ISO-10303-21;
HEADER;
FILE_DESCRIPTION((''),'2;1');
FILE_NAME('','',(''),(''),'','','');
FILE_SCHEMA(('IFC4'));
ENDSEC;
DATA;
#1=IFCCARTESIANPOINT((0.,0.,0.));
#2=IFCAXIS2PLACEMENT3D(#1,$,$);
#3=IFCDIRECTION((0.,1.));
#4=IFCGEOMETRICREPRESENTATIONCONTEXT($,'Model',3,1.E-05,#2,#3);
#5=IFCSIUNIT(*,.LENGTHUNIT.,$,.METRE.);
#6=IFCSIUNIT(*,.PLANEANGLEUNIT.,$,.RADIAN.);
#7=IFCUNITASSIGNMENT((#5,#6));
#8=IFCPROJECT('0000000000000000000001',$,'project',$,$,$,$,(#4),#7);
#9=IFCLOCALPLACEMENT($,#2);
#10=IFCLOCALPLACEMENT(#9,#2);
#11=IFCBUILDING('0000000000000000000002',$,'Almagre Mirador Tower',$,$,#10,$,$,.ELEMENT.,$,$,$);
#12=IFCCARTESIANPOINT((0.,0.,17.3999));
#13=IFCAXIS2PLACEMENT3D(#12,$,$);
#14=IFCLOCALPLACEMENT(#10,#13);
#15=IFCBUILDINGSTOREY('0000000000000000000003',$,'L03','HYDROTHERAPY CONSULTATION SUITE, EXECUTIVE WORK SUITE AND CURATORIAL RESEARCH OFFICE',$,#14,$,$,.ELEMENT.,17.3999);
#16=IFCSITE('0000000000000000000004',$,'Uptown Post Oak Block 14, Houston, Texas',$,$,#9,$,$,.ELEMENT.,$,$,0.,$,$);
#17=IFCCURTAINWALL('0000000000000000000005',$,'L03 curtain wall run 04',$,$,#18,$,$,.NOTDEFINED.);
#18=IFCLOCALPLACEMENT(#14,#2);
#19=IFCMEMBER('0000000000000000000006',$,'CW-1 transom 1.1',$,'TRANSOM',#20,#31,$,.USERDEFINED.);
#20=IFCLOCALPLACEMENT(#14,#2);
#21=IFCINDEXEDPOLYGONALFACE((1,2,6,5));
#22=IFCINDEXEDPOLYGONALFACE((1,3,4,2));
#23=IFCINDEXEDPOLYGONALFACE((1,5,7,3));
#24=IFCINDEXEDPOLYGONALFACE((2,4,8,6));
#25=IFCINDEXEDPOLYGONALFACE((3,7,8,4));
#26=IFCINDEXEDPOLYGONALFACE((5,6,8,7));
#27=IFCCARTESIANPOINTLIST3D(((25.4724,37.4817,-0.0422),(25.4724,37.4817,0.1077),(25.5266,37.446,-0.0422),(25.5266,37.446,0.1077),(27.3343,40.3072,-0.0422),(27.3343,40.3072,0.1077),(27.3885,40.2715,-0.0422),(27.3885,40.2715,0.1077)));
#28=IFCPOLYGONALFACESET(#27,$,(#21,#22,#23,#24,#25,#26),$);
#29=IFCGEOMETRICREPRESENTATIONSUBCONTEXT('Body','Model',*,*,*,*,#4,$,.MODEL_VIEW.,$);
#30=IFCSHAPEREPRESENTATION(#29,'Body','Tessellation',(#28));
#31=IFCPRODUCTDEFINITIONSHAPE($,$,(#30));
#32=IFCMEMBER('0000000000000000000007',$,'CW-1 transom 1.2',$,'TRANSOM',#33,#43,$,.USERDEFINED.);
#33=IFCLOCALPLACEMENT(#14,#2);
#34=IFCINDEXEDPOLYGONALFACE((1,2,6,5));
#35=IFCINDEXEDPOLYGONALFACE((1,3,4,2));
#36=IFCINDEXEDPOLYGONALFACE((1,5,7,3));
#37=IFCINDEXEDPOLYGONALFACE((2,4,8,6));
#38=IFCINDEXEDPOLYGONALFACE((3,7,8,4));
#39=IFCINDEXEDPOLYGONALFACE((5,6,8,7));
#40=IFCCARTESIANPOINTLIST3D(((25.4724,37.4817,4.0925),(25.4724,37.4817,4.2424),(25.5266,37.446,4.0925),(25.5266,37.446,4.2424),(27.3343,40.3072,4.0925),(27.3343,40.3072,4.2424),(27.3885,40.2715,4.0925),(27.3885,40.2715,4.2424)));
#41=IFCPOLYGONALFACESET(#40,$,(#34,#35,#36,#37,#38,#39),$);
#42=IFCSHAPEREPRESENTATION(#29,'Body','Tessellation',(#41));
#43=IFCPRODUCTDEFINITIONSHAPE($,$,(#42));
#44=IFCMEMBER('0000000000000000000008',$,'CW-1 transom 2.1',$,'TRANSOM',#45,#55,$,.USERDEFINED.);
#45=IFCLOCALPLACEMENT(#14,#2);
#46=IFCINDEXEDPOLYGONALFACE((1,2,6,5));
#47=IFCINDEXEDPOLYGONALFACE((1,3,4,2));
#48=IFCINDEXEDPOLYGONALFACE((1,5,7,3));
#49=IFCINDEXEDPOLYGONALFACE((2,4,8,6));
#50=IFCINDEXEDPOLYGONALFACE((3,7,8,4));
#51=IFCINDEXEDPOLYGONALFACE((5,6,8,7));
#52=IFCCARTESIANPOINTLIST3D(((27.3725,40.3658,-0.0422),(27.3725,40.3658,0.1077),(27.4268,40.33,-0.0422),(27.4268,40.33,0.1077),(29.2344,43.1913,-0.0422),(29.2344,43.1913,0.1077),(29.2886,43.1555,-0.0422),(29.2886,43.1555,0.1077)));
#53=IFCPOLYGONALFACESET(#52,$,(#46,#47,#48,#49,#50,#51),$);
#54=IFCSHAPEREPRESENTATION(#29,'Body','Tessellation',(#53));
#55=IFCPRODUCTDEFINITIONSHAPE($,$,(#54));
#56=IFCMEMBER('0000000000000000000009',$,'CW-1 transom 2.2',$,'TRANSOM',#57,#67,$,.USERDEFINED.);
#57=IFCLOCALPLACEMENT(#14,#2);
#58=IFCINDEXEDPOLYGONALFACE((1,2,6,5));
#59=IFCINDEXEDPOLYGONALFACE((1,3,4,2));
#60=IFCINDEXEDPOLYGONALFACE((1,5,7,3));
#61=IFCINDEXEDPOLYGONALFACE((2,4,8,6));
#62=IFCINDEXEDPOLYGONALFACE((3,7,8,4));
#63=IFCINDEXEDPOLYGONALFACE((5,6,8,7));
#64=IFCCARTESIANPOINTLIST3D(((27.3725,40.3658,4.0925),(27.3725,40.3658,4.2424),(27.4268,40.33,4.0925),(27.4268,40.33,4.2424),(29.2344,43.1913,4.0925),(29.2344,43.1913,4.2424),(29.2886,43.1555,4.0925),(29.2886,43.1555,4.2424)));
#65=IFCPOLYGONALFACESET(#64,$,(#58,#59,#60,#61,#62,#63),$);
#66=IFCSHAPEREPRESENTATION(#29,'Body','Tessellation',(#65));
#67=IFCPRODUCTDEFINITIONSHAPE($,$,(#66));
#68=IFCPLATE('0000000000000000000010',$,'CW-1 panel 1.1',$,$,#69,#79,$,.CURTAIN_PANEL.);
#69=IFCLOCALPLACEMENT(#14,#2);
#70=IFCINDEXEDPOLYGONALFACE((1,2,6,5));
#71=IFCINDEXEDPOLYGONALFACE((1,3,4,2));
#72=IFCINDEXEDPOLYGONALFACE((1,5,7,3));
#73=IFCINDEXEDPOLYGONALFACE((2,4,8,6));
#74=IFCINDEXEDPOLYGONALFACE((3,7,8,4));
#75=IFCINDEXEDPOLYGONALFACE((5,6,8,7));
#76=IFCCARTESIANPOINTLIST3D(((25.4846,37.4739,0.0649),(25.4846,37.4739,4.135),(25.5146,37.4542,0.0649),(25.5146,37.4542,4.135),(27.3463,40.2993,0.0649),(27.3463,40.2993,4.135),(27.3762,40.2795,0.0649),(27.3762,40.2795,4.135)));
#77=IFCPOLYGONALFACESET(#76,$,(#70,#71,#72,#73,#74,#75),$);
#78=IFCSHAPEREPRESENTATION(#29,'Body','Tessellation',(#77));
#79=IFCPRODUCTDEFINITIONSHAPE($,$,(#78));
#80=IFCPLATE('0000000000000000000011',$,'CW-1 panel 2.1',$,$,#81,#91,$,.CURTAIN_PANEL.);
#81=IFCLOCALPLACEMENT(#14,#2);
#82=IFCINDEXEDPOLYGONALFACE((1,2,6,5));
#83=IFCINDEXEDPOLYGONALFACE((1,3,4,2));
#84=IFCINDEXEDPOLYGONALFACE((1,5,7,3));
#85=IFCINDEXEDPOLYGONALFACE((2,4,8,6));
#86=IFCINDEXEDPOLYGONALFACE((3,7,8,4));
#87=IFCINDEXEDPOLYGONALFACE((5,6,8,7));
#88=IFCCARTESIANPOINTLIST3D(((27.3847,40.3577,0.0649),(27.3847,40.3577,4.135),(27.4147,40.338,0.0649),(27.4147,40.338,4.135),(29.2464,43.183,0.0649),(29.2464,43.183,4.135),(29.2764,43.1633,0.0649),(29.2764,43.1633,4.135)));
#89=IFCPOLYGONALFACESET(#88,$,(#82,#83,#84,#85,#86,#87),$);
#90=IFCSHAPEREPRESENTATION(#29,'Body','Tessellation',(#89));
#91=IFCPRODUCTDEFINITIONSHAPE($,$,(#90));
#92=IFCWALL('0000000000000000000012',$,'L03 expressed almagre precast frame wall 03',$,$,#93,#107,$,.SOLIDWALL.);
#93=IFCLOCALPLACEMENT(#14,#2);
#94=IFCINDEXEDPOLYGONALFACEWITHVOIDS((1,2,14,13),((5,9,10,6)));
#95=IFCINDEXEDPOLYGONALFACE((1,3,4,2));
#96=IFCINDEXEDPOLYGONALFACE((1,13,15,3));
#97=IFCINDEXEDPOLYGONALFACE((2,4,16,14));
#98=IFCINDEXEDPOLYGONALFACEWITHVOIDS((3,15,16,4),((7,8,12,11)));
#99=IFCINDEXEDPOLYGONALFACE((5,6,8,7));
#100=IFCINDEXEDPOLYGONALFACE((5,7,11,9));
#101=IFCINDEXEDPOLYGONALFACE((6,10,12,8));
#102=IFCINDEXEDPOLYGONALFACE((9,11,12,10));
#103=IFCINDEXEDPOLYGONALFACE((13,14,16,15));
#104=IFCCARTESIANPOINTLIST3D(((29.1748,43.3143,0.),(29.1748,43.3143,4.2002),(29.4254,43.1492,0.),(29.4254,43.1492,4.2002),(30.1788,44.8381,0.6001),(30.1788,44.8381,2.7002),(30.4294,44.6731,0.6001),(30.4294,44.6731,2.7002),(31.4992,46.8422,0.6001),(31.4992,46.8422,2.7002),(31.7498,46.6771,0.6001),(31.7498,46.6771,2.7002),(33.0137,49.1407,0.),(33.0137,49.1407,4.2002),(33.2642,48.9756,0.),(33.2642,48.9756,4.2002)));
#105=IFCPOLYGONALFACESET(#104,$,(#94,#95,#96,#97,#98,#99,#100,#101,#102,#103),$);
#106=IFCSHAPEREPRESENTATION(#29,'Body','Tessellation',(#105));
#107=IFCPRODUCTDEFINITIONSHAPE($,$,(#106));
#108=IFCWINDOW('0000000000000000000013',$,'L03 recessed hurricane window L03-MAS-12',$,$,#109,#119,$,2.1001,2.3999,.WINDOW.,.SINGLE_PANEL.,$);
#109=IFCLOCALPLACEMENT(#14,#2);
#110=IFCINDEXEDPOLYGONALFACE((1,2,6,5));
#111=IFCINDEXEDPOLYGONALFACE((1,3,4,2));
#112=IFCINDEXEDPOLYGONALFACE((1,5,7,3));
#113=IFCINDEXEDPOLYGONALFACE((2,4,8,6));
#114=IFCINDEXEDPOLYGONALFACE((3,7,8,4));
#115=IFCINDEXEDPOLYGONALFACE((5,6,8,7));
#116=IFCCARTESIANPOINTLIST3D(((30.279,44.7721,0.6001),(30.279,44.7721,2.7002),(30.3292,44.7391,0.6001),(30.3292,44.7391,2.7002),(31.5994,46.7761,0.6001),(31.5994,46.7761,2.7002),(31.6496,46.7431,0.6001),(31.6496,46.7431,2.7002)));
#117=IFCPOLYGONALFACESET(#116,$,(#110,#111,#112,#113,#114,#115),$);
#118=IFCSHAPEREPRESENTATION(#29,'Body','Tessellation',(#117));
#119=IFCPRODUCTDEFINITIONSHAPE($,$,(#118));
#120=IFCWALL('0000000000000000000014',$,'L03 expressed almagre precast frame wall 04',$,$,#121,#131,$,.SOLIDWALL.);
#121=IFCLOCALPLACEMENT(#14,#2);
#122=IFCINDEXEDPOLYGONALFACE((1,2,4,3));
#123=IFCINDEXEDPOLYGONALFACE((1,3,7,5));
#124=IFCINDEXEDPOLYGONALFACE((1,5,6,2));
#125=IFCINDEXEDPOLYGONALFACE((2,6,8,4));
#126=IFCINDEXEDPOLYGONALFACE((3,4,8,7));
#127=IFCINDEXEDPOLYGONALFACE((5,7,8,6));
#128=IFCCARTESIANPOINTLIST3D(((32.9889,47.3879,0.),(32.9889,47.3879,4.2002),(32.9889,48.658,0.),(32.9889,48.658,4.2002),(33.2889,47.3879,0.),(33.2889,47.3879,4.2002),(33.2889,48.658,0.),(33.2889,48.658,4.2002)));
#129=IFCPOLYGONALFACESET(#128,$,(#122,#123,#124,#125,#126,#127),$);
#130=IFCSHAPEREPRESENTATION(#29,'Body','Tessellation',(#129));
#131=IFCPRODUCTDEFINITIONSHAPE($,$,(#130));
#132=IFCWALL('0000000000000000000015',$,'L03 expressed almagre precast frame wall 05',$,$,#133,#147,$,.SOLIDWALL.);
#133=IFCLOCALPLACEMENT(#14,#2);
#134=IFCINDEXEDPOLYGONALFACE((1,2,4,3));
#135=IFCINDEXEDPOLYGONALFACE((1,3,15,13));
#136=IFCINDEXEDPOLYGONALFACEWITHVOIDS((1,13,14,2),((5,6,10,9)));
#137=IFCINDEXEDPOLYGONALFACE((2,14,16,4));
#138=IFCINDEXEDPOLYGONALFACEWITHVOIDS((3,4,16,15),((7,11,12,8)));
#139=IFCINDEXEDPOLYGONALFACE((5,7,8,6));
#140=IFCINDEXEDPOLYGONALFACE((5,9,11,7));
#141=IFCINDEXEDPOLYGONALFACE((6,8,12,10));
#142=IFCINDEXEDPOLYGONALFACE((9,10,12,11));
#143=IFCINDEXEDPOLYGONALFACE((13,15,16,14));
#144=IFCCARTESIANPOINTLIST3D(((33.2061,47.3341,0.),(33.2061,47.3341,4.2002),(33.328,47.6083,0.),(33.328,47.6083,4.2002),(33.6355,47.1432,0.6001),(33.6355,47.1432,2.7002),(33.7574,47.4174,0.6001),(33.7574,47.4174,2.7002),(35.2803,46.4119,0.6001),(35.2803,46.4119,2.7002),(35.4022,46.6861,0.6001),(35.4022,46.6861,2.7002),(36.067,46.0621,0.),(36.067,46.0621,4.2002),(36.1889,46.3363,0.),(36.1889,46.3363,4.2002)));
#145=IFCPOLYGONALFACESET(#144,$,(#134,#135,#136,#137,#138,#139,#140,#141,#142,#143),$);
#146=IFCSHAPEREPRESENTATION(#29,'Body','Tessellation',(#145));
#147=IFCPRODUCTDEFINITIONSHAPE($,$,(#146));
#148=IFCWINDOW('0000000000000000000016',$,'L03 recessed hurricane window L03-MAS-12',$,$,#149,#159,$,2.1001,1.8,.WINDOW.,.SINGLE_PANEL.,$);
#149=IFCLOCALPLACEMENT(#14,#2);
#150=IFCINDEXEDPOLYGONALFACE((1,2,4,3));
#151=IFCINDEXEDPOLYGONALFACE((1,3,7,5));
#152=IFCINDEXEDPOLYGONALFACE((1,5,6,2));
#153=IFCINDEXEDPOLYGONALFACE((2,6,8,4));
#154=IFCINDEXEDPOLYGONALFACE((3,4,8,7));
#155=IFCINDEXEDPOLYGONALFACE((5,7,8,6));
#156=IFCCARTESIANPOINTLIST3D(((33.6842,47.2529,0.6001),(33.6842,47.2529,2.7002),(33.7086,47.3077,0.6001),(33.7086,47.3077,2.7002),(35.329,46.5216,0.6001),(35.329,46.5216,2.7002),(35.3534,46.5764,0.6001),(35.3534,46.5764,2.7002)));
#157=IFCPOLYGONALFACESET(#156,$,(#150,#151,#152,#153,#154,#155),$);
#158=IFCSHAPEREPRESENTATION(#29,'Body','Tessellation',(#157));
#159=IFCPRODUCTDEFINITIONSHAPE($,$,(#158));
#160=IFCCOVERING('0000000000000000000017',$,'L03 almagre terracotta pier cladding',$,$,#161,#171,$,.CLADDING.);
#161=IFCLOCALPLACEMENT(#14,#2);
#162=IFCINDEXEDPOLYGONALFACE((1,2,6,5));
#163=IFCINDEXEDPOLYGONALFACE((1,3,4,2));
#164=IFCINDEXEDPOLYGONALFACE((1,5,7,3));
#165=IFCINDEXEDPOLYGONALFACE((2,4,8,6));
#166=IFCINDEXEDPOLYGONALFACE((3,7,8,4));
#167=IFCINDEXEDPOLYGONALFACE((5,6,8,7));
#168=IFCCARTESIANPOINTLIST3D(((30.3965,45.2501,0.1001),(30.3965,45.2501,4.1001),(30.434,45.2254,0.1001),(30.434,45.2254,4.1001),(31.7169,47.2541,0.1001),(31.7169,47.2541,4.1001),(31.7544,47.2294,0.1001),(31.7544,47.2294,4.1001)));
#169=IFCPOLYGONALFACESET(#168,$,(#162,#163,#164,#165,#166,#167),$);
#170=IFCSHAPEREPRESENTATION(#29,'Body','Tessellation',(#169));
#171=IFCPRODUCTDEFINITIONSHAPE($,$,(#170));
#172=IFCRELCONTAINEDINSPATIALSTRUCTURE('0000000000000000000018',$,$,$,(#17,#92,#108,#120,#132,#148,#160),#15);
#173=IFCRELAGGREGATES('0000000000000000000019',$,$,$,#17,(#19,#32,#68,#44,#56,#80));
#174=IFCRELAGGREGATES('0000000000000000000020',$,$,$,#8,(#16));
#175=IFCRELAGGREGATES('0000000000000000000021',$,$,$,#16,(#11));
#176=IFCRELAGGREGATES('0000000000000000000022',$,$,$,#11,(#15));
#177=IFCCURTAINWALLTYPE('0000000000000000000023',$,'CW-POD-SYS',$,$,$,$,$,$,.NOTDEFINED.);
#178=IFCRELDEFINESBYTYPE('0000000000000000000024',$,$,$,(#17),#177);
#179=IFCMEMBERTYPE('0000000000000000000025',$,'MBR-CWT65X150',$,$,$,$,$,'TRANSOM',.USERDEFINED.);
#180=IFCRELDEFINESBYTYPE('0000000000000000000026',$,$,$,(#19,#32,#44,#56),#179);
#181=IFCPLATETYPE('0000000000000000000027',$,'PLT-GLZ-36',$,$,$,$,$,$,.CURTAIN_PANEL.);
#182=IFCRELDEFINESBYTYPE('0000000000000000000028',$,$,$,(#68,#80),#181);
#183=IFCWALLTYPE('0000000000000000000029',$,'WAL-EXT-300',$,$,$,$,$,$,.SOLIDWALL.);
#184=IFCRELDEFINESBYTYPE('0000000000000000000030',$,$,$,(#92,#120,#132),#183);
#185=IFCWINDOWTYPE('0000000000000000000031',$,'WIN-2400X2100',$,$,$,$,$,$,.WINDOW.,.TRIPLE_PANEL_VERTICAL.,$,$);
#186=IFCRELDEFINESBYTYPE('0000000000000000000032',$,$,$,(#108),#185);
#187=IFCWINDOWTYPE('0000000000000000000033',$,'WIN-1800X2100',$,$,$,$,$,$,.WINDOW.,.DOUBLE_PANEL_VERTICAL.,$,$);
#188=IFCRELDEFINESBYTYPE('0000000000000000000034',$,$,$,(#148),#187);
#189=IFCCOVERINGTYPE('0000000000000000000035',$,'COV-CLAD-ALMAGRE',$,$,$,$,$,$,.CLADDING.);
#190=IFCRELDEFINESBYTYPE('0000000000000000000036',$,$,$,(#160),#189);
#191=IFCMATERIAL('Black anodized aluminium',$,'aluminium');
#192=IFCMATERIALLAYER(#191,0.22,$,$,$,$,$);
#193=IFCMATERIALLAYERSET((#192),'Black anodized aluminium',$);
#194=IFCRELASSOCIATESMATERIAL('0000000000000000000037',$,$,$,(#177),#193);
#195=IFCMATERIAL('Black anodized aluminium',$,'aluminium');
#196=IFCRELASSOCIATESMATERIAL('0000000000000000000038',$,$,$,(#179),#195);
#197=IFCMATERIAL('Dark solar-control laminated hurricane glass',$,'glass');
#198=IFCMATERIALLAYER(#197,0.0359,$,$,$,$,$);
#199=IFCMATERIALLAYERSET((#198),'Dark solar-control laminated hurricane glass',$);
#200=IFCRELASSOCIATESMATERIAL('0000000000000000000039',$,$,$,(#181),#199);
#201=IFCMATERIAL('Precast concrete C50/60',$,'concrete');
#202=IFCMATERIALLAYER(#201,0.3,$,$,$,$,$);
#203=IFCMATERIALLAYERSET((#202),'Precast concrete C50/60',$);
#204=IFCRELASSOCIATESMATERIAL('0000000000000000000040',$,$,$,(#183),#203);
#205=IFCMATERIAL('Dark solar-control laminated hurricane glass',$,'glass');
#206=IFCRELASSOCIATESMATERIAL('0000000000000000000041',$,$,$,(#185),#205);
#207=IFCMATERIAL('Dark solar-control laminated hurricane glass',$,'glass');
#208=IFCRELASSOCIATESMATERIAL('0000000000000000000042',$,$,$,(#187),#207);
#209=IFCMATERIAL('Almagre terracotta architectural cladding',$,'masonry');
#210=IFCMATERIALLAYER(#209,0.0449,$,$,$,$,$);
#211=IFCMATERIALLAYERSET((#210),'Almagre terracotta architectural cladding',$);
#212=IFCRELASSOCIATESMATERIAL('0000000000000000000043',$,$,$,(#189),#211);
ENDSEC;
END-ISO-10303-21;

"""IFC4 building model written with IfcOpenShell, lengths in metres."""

from ifc_helpers import new_model, si_unit, direction, frame, frame_2d, origin, origin_2d, place, context, subcontext, project, spatial, rectangle, extrude, material, layer, layer_set, material_profile, profile_set, type_object, element, fill, aggregate, save


model = new_model("IFC4")

# Units and contexts
model_context = context("Model", 3, precision=1e-05, world=origin(), true_north=direction((0.0, 1.0)))
body_context = subcontext(model_context, "Body", "Model", "MODEL_VIEW")
ifc_project = project(units=[si_unit("LENGTHUNIT", "METRE"), si_unit("PLANEANGLEUNIT", "RADIAN")], contexts=[model_context])

# Site, building, storey
site_placement = place(None, origin())
site = spatial("IfcSite", under=ifc_project, at=site_placement, Name="Uptown Post Oak Block 14, Houston, Texas", CompositionType="ELEMENT", RefElevation=0.0)
building_placement = place(site_placement, origin())
building = spatial("IfcBuilding", under=site, at=building_placement, Name="Almagre Mirador Tower", CompositionType="ELEMENT")
storey_placement = place(building_placement, frame((0.0, 0.0, 17.3999)))
storey = spatial("IfcBuildingStorey", under=building, at=storey_placement, Name="L03", Description="HYDROTHERAPY CONSULTATION SUITE, EXECUTIVE WORK SUITE AND CURATORIAL RESEARCH OFFICE", CompositionType="ELEMENT", Elevation=17.3999)

# Shared definitions
ifc_material_1 = material(Name="Black anodized aluminium", Category="aluminium")
ifc_layer_1 = layer(ifc_material_1, 0.22)
ifc_layer_set_1 = layer_set([ifc_layer_1], Name="Black anodized aluminium")
curtain_wall_type = type_object("IfcCurtainWallType", Name="CW-POD-SYS", PredefinedType="NOTDEFINED", material=ifc_layer_set_1)

# Curtain wall, members, plates
curtain_wall_1_placement = place(storey_placement, origin())
curtain_wall_1 = element("IfcCurtainWall", 1, at=curtain_wall_1_placement, inside=storey, type_object=curtain_wall_type, Name="L03 curtain wall run 04", PredefinedType="NOTDEFINED")
ifc_material_2 = material(Name="Black anodized aluminium", Category="aluminium")
ifc_material_profile_1 = material_profile(ifc_material_2, rectangle(XDim=0.0649, YDim=0.1499, at=origin_2d()), Name="CWT65X150")
ifc_profile_set_1 = profile_set([ifc_material_profile_1], Name="Black anodized aluminium")
member_type_1 = type_object("IfcMemberType", Name="MBR-CWT65X150", ElementType="TRANSOM", PredefinedType="USERDEFINED", material=ifc_profile_set_1)
member_1_placement = place(storey_placement, frame((25.4995, 37.4639, 0.0327), z_axis=(0.55023, 0.835013, 0.0), x_axis=(-0.835013, 0.55023, 0.0)))
member_1 = element("IfcMember", 2, at=member_1_placement, type_object=member_type_1, Name="CW-1 transom 1.1", ObjectType="TRANSOM", PredefinedType="USERDEFINED", context=body_context, shape_type="SweptSolid", body=[
    extrude(rectangle(XDim=0.0649, YDim=0.1499, at=origin_2d()), origin(), (0.0, 0.0, 1.0), 3.3838),
])
member_2_placement = place(storey_placement, frame((25.4995, 37.4639, 4.1675), z_axis=(0.55023, 0.835013, 0.0), x_axis=(-0.835013, 0.55023, 0.0)))
member_2 = element("IfcMember", 3, at=member_2_placement, type_object=member_type_1, Name="CW-1 transom 1.2", ObjectType="TRANSOM", PredefinedType="USERDEFINED", context=body_context, shape_type="SweptSolid", body=[
    extrude(rectangle(XDim=0.0649, YDim=0.1499, at=origin_2d()), origin(), (0.0, 0.0, 1.0), 3.3838),
])
member_3_placement = place(storey_placement, frame((27.3997, 40.3479, 0.0327), z_axis=(0.55023, 0.835013, 0.0), x_axis=(-0.835013, 0.55023, 0.0)))
member_3 = element("IfcMember", 4, at=member_3_placement, type_object=member_type_1, Name="CW-1 transom 2.1", ObjectType="TRANSOM", PredefinedType="USERDEFINED", context=body_context, shape_type="SweptSolid", body=[
    extrude(rectangle(XDim=0.0649, YDim=0.1499, at=origin_2d()), origin(), (0.0, 0.0, 1.0), 3.3838),
])
member_4_placement = place(storey_placement, frame((27.3997, 40.3479, 4.1675), z_axis=(0.55023, 0.835013, 0.0), x_axis=(-0.835013, 0.55023, 0.0)))
member_4 = element("IfcMember", 5, at=member_4_placement, type_object=member_type_1, Name="CW-1 transom 2.2", ObjectType="TRANSOM", PredefinedType="USERDEFINED", context=body_context, shape_type="SweptSolid", body=[
    extrude(rectangle(XDim=0.0649, YDim=0.1499, at=origin_2d()), origin(), (0.0, 0.0, 1.0), 3.3838),
])
ifc_material_3 = material(Name="Dark solar-control laminated hurricane glass", Category="glass")
ifc_layer_2 = layer(ifc_material_3, 0.0359)
ifc_layer_set_2 = layer_set([ifc_layer_2], Name="Dark solar-control laminated hurricane glass")
plate_type = type_object("IfcPlateType", Name="PLT-GLZ-36", PredefinedType="CURTAIN_PANEL", material=ifc_layer_set_2)
plate_1_placement = place(storey_placement, frame((26.4304, 38.8767, 0.0649), z_axis=(0.0, 0.0, 1.0), x_axis=(0.550214, 0.835024, 0.0)))
plate_1 = element("IfcPlate", 6, at=plate_1_placement, type_object=plate_type, Name="CW-1 panel 1.1", PredefinedType="CURTAIN_PANEL", context=body_context, shape_type="SweptSolid", body=[
    extrude(rectangle(XDim=3.3835, YDim=0.0359, at=origin_2d()), origin(), (0.0, 0.0, 1.0), 4.0701),
])
plate_2_placement = place(storey_placement, frame((28.3306, 41.7605, 0.0649), z_axis=(0.0, 0.0, 1.0), x_axis=(0.550214, 0.835024, 0.0)))
plate_2 = element("IfcPlate", 7, at=plate_2_placement, type_object=plate_type, Name="CW-1 panel 2.1", PredefinedType="CURTAIN_PANEL", context=body_context, shape_type="SweptSolid", body=[
    extrude(rectangle(XDim=3.3835, YDim=0.0359, at=origin_2d()), origin(), (0.0, 0.0, 1.0), 4.0701),
])
aggregate(curtain_wall_1, [member_1, member_2, plate_1, member_3, member_4, plate_2])

# Wall, opening, window
ifc_material_4 = material(Name="Precast concrete C50/60", Category="concrete")
ifc_layer_3 = layer(ifc_material_4, 0.3)
ifc_layer_set_3 = layer_set([ifc_layer_3], Name="Precast concrete C50/60")
wall_type = type_object("IfcWallType", Name="WAL-EXT-300", PredefinedType="SOLIDWALL", material=ifc_layer_set_3)
wall_1_placement = place(storey_placement, frame((29.3, 43.2317, 0.0), z_axis=(0.0, 0.0, 1.0), x_axis=(0.550186, 0.835042, 0.0)))
wall_1 = element("IfcWall", 8, at=wall_1_placement, inside=storey, type_object=wall_type, Name="L03 expressed almagre precast frame wall 03", PredefinedType="SOLIDWALL", context=body_context, shape_type="SweptSolid", body=[
    extrude(rectangle(XDim=6.9773, YDim=0.3, at=frame_2d((3.4888, 0.0))), origin(), (0.0, 0.0, 1.0), 4.2002),
])
opening_1_placement = place(wall_1_placement, frame((1.825, 0.0, 0.6001)))
opening_1 = element("IfcOpeningElement", 9, at=opening_1_placement, cuts=wall_1, PredefinedType="OPENING", context=body_context, shape_type="SweptSolid", body=[
    extrude(rectangle(XDim=2.3999, YDim=2.1001, at=frame_2d((1.2, 1.05))), frame((0.0, 0.1599, 0.0), z_axis=(0.0, -1.0, 0.0), x_axis=(1.0, 0.0, 0.0)), (0.0, 0.0, 1.0), 0.32),
])
ifc_material_5 = material(Name="Dark solar-control laminated hurricane glass", Category="glass")
window_type_1 = type_object("IfcWindowType", Name="WIN-2400X2100", PartitioningType="TRIPLE_PANEL_VERTICAL", PredefinedType="WINDOW", material=ifc_material_5)
window_1_placement = place(opening_1_placement, origin())
window_1 = element("IfcWindow", 10, at=window_1_placement, inside=storey, type_object=window_type_1, Name="L03 recessed hurricane window L03-MAS-12", OverallHeight=2.1001, OverallWidth=2.3999, PartitioningType="SINGLE_PANEL", PredefinedType="WINDOW", context=body_context, shape_type="SweptSolid", body=[
    extrude(rectangle(XDim=2.3999, YDim=2.1001, at=frame_2d((1.2, 1.05))), frame((0.0, 0.03, 0.0), z_axis=(0.0, -1.0, 0.0), x_axis=(1.0, 0.0, 0.0)), (0.0, 0.0, 1.0), 0.0601),
])
fill(opening_1, window_1)

# Wall
wall_2_placement = place(storey_placement, frame((33.1389, 48.658, 0.0), z_axis=(0.0, 0.0, 1.0), x_axis=(0.0, -1.0, 0.0)))
element("IfcWall", 11, at=wall_2_placement, inside=storey, type_object=wall_type, Name="L03 expressed almagre precast frame wall 04", PredefinedType="SOLIDWALL", context=body_context, shape_type="SweptSolid", body=[
    extrude(rectangle(XDim=1.27, YDim=0.3, at=frame_2d((0.635, 0.0))), origin(), (0.0, 0.0, 1.0), 4.2002),
])

# Wall, opening, window
wall_3_placement = place(storey_placement, frame((33.2671, 47.4712, 0.0), z_axis=(0.0, 0.0, 1.0), x_axis=(0.913754, -0.406269, 0.0)))
wall_3 = element("IfcWall", 12, at=wall_3_placement, inside=storey, type_object=wall_type, Name="L03 expressed almagre precast frame wall 05", PredefinedType="SOLIDWALL", context=body_context, shape_type="SweptSolid", body=[
    extrude(rectangle(XDim=3.1309, YDim=0.3, at=frame_2d((1.5654, 0.0))), origin(), (0.0, 0.0, 1.0), 4.2002),
])
opening_2_placement = place(wall_3_placement, frame((0.47, 0.0, 0.6001)))
opening_2 = element("IfcOpeningElement", 13, at=opening_2_placement, cuts=wall_3, PredefinedType="OPENING", context=body_context, shape_type="SweptSolid", body=[
    extrude(rectangle(XDim=1.8, YDim=2.1001, at=frame_2d((0.8999, 1.05))), frame((0.0, 0.1599, 0.0), z_axis=(0.0, -1.0, 0.0), x_axis=(1.0, 0.0, 0.0)), (0.0, 0.0, 1.0), 0.32),
])
ifc_material_6 = material(Name="Dark solar-control laminated hurricane glass", Category="glass")
window_type_2 = type_object("IfcWindowType", Name="WIN-1800X2100", PartitioningType="DOUBLE_PANEL_VERTICAL", PredefinedType="WINDOW", material=ifc_material_6)
window_2_placement = place(opening_2_placement, origin())
window_2 = element("IfcWindow", 14, at=window_2_placement, inside=storey, type_object=window_type_2, Name="L03 recessed hurricane window L03-MAS-12", OverallHeight=2.1001, OverallWidth=1.8, PartitioningType="SINGLE_PANEL", PredefinedType="WINDOW", context=body_context, shape_type="SweptSolid", body=[
    extrude(rectangle(XDim=1.8, YDim=2.1001, at=frame_2d((0.8999, 1.05))), frame((0.0, 0.03, 0.0), z_axis=(0.0, -1.0, 0.0), x_axis=(1.0, 0.0, 0.0)), (0.0, 0.0, 1.0), 0.0601),
])
fill(opening_2, window_2)

# Covering
ifc_material_7 = material(Name="Almagre terracotta architectural cladding", Category="masonry")
ifc_layer_4 = layer(ifc_material_7, 0.0449)
ifc_layer_set_4 = layer_set([ifc_layer_4], Name="Almagre terracotta architectural cladding")
covering_type = type_object("IfcCoveringType", Name="COV-CLAD-ALMAGRE", PredefinedType="CLADDING", material=ifc_layer_set_4)
covering_placement = place(storey_placement, frame((31.0754, 46.2397, 0.1001), z_axis=(0.0, 0.0, 1.0), x_axis=(0.550204, 0.83503, 0.0)))
element("IfcCovering", 15, at=covering_placement, inside=storey, type_object=covering_type, Name="L03 almagre terracotta pier cladding", PredefinedType="CLADDING", context=body_context, shape_type="SweptSolid", body=[
    extrude(rectangle(XDim=2.3999, YDim=0.0449, at=origin_2d()), origin(), (0.0, 0.0, 1.0), 4.0),
])

save(model, "model.ifc")
